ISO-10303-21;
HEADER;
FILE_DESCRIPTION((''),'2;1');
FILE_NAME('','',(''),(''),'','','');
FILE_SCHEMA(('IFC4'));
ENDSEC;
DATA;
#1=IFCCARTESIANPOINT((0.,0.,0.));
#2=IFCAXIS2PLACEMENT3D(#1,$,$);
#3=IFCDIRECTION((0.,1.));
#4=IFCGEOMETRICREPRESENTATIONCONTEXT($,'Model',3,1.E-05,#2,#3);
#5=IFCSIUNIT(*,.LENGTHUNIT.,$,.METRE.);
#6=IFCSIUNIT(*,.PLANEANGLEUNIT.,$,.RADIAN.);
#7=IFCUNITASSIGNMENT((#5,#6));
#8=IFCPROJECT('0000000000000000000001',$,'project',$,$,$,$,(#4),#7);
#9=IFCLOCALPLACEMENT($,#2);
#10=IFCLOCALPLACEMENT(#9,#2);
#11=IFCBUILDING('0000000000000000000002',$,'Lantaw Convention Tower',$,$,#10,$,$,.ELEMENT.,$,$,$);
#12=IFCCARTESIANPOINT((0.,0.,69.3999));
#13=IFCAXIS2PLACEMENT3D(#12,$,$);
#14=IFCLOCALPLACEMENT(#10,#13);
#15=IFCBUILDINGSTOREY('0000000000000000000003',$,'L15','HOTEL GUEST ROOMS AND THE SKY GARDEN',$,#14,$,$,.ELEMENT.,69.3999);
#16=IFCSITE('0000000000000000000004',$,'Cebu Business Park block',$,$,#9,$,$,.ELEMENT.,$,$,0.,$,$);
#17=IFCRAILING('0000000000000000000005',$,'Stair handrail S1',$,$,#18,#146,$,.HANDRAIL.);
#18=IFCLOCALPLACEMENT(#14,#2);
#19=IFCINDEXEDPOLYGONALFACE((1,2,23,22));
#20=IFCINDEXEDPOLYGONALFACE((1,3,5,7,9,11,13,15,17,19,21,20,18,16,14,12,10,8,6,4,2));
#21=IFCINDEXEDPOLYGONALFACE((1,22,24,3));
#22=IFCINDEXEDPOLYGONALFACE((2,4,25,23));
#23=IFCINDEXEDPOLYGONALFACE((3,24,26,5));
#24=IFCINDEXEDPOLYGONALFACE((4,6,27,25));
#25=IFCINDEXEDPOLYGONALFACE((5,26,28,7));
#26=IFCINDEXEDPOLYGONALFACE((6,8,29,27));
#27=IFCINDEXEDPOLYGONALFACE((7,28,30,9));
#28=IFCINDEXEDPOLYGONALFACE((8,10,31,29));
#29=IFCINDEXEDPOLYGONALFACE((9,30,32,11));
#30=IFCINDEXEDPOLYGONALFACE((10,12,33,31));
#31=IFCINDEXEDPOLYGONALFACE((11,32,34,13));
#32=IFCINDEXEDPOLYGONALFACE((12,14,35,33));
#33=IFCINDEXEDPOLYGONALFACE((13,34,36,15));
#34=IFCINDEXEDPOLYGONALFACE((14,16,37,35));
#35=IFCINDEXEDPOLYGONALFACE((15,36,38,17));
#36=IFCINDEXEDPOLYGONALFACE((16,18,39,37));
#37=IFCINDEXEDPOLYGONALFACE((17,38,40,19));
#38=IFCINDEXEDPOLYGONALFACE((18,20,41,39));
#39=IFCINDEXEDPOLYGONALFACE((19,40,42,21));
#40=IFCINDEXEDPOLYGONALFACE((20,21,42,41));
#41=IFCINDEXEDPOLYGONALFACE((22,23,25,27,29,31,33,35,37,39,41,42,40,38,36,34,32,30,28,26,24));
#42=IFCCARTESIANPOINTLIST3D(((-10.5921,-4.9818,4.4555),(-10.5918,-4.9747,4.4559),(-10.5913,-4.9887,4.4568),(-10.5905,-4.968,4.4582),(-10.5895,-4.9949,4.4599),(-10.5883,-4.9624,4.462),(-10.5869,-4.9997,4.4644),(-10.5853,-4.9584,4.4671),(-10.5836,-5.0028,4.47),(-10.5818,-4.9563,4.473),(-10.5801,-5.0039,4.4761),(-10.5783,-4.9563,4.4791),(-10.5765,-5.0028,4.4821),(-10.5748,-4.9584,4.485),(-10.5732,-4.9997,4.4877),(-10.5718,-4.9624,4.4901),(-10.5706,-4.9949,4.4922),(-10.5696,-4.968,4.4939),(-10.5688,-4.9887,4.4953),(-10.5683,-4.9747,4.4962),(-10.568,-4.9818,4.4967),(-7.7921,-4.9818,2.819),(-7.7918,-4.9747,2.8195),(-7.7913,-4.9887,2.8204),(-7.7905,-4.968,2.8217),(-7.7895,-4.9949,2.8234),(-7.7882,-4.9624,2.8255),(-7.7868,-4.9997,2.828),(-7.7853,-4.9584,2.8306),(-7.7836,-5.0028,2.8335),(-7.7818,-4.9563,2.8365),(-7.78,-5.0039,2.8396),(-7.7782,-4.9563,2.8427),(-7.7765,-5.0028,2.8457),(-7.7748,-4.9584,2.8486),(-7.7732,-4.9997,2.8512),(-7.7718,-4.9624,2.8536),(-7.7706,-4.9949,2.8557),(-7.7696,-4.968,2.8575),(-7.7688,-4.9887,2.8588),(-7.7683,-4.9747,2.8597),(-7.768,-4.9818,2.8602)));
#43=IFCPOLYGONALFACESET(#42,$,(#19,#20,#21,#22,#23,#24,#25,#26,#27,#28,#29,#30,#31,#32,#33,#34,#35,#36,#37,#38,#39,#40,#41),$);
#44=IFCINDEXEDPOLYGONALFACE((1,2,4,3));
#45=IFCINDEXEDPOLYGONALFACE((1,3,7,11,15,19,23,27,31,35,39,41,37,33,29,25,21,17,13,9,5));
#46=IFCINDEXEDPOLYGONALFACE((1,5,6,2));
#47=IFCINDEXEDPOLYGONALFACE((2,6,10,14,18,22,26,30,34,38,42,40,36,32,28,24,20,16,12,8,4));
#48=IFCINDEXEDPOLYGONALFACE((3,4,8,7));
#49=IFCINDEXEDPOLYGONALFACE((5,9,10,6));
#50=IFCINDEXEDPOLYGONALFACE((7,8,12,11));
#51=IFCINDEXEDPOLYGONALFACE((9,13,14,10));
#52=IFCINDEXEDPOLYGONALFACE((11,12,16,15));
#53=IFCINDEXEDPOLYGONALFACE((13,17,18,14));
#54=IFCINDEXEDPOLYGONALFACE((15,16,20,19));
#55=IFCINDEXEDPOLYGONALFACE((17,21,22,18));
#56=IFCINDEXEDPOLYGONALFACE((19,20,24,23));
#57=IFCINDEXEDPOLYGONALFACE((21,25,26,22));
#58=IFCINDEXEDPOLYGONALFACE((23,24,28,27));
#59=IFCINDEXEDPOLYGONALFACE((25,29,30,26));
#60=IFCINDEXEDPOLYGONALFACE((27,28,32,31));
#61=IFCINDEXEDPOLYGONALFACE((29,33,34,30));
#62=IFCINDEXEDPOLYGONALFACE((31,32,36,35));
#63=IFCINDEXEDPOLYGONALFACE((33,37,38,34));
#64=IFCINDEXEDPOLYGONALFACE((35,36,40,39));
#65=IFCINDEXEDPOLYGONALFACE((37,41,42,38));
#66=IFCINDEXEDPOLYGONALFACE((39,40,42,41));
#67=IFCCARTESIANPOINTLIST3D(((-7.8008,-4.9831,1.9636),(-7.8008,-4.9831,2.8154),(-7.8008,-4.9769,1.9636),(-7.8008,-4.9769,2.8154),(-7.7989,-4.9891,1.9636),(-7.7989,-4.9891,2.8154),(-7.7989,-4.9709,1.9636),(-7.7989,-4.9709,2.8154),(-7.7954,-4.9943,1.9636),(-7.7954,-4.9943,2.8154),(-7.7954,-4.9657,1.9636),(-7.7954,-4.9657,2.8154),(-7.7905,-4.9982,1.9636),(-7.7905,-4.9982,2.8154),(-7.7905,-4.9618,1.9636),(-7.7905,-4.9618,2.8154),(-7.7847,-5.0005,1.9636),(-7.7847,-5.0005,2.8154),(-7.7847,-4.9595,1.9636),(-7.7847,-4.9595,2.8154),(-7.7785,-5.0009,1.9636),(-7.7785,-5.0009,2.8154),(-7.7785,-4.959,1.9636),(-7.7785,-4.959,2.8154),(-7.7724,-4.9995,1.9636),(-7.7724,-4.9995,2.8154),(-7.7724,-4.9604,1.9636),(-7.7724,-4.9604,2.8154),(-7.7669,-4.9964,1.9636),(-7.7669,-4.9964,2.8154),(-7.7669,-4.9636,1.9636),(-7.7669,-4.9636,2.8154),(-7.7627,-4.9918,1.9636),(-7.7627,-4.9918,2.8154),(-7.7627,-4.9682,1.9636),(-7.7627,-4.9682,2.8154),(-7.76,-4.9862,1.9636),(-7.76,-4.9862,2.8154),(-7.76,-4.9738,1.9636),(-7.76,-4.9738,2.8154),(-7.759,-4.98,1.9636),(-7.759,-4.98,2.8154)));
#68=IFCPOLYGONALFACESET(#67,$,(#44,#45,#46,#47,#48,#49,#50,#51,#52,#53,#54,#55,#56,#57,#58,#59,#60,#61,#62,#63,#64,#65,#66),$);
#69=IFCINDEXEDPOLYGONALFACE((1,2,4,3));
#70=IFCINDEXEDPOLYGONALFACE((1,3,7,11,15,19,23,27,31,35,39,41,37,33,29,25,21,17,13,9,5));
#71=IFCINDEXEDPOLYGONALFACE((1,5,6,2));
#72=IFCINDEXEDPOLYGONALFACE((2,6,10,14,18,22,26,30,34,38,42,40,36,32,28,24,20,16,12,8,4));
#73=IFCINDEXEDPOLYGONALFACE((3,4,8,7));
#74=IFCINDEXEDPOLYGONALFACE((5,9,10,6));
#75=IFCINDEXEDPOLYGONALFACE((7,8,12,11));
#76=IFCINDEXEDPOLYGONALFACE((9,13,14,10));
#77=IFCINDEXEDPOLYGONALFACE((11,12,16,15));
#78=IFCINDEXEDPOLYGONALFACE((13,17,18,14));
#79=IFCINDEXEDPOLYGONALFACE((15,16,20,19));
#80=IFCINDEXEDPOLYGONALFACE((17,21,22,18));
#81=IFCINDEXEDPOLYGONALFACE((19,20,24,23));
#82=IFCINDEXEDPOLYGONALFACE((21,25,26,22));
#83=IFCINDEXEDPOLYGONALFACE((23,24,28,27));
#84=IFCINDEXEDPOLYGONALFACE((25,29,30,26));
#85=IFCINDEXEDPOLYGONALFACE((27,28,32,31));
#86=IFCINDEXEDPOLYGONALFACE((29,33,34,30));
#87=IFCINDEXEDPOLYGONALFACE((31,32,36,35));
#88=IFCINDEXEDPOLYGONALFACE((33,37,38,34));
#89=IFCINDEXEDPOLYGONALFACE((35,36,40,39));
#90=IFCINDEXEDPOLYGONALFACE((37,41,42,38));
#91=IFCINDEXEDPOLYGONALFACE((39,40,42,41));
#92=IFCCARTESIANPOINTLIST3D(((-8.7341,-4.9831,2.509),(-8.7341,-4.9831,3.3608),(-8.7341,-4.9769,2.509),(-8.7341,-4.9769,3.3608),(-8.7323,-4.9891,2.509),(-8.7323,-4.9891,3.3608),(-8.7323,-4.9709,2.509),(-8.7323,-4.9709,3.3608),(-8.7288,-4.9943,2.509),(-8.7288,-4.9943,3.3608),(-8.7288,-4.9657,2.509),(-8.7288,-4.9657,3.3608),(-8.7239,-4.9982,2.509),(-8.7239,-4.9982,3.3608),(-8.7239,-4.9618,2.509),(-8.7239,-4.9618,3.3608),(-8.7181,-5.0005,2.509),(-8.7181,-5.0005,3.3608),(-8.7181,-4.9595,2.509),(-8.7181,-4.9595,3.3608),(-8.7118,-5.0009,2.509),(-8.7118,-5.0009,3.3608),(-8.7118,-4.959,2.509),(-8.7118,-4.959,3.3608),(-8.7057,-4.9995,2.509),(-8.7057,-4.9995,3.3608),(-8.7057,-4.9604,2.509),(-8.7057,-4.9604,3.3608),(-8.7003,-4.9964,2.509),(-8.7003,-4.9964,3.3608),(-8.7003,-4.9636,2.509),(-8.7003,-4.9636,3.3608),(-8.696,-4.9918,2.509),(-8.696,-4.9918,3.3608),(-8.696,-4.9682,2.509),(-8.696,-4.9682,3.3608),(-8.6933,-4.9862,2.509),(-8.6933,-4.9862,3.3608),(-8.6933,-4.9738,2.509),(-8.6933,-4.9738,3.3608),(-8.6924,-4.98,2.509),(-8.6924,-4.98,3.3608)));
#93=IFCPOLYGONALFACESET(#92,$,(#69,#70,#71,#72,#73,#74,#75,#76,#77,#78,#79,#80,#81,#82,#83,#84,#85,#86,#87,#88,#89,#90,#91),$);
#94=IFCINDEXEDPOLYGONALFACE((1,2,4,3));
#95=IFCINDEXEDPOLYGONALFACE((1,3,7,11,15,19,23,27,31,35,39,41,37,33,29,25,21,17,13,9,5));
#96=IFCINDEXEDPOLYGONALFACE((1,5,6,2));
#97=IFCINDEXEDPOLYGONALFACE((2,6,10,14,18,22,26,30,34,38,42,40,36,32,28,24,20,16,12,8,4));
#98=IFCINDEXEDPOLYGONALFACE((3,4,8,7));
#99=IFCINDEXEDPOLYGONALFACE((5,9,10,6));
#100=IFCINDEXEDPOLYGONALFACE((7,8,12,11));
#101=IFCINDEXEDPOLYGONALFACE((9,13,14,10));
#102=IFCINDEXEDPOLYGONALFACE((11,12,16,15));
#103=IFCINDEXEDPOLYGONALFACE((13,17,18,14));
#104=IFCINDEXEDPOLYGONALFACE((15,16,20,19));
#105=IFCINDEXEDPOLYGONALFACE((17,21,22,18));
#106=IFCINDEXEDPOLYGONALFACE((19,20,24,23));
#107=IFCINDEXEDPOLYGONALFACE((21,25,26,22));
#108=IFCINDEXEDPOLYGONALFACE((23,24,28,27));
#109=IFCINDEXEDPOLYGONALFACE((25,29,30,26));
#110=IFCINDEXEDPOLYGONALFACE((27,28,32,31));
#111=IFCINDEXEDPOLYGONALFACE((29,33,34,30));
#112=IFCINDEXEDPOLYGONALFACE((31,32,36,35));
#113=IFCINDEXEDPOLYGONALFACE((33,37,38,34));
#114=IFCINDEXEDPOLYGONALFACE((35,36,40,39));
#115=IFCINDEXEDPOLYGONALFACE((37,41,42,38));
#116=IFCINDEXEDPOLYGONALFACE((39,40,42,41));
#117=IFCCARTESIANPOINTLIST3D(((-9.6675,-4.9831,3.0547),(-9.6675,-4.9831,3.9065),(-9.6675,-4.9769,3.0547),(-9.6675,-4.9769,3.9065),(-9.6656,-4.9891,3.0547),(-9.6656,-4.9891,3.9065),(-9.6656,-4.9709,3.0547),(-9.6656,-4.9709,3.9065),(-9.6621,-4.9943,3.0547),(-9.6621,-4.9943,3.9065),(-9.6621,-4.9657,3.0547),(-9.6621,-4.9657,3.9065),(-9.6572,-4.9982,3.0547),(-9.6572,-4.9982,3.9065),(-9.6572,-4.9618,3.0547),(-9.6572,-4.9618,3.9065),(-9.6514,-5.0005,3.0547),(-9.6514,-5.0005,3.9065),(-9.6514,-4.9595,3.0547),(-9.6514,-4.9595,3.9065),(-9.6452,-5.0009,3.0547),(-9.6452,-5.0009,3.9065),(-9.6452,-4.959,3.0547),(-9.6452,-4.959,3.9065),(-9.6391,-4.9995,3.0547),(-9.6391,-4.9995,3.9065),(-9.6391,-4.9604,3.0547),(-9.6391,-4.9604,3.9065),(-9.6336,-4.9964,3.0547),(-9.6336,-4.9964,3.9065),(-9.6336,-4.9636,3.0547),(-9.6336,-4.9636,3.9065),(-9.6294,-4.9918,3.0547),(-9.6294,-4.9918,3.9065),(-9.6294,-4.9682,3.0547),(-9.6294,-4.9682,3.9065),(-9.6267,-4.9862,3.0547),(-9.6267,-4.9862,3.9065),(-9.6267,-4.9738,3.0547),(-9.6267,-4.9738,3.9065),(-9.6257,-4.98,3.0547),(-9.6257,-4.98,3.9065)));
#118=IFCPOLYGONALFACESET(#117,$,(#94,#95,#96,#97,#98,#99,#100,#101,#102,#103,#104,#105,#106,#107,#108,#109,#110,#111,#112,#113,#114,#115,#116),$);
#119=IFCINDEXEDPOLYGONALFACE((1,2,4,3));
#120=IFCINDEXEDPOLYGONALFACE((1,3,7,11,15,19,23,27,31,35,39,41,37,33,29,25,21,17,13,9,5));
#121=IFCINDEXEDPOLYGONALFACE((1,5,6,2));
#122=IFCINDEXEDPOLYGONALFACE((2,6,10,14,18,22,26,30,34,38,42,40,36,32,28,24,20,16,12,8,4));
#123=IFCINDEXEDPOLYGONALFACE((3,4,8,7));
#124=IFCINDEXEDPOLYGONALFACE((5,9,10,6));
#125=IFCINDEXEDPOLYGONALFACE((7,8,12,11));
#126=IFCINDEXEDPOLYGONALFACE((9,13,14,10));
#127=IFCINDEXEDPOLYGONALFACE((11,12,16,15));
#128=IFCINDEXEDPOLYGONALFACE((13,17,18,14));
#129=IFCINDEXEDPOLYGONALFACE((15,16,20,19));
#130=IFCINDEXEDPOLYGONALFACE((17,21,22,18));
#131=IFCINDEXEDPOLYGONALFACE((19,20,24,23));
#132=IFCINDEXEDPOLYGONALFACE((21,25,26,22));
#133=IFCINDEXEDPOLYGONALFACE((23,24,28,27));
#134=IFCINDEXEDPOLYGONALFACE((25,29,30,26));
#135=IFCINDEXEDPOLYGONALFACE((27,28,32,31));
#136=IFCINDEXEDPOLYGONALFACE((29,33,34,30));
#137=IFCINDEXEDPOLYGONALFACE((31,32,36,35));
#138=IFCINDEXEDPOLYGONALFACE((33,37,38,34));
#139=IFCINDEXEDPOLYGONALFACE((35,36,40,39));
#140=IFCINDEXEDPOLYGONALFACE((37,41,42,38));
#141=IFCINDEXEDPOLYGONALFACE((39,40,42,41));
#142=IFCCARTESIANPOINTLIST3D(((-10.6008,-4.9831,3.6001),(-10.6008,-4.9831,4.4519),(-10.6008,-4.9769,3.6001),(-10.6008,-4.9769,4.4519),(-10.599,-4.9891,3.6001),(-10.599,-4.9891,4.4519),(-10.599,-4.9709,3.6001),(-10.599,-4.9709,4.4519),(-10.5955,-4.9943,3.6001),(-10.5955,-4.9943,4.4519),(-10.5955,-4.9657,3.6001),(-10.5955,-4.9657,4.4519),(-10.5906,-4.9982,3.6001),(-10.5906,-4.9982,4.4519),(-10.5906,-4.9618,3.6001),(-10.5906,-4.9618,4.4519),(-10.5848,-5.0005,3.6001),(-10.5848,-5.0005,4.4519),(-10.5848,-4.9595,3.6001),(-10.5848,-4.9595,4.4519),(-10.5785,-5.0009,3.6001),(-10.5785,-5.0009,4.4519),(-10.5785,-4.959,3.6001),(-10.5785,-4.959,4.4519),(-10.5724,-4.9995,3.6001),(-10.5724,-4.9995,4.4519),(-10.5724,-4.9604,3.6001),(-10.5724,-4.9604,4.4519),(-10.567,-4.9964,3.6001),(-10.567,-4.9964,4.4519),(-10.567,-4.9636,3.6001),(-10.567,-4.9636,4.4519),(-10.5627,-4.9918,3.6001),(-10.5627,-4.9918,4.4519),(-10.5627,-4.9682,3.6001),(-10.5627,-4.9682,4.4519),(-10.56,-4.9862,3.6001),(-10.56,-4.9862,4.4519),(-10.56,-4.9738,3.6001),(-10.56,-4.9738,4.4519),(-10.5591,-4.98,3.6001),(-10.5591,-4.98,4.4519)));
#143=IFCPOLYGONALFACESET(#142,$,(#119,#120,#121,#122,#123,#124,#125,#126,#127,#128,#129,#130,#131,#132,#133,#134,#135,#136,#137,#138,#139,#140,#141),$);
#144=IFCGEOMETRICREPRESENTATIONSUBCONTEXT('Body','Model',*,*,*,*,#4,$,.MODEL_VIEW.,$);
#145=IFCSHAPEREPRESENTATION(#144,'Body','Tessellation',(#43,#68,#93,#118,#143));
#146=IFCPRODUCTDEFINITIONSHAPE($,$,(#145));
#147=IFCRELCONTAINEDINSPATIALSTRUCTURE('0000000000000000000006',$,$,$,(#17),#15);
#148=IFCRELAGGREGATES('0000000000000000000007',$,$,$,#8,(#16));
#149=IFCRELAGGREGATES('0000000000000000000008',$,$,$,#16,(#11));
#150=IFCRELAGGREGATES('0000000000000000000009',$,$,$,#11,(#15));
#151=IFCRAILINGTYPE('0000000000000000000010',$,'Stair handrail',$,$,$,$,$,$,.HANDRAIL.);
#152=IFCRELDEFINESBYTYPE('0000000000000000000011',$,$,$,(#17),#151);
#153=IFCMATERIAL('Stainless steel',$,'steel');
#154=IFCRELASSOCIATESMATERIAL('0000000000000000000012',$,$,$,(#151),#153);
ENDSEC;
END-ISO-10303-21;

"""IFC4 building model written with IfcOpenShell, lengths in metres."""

from ifc_helpers import new_model, si_unit, direction, frame, origin, origin_2d, place, context, subcontext, project, spatial, circle, extrude, material, type_object, element, save


model = new_model("IFC4")

# Units and contexts
model_context = context("Model", 3, precision=1e-05, world=origin(), true_north=direction((0.0, 1.0)))
body_context = subcontext(model_context, "Body", "Model", "MODEL_VIEW")
ifc_project = project(units=[si_unit("LENGTHUNIT", "METRE"), si_unit("PLANEANGLEUNIT", "RADIAN")], contexts=[model_context])

# Site, building, storey
site_placement = place(None, origin())
site = spatial("IfcSite", under=ifc_project, at=site_placement, Name="Cebu Business Park block", CompositionType="ELEMENT", RefElevation=0.0)
building_placement = place(site_placement, origin())
building = spatial("IfcBuilding", under=site, at=building_placement, Name="Lantaw Convention Tower", CompositionType="ELEMENT")
storey_placement = place(building_placement, frame((0.0, 0.0, 69.3999)))
storey = spatial("IfcBuildingStorey", under=building, at=storey_placement, Name="L15", Description="HOTEL GUEST ROOMS AND THE SKY GARDEN", CompositionType="ELEMENT", Elevation=69.3999)

# Shared definitions
ifc_material_1 = material(Name="Stainless steel", Category="steel")

# Railing
railing_type = type_object("IfcRailingType", Name="Stair handrail", PredefinedType="HANDRAIL", material=ifc_material_1)
railing_1_placement = place(storey_placement, frame((-7.78, -4.98, 1.9636)))
element("IfcRailing", 1, at=railing_1_placement, inside=storey, type_object=railing_type, Name="Stair handrail S1", PredefinedType="HANDRAIL", context=body_context, shape_type="SweptSolid", body=[
    extrude(circle(Radius=0.0239, at=origin_2d()), frame((0.0, 0.0, 0.876), z_axis=(-0.863361, 0.0, 0.504587), x_axis=(0.0, -1.0, 0.0)), (0.0, 0.0, 1.0), 3.2432),
    extrude(circle(Radius=0.021, at=origin_2d()), origin(), (0.0, 0.0, 1.0), 0.8518),
    extrude(circle(Radius=0.021, at=origin_2d()), frame((-0.9333, 0.0, 0.5454)), (0.0, 0.0, 1.0), 0.8518),
    extrude(circle(Radius=0.021, at=origin_2d()), frame((-1.8667, 0.0, 1.0911)), (0.0, 0.0, 1.0), 0.8518),
    extrude(circle(Radius=0.021, at=origin_2d()), frame((-2.8, 0.0, 1.6365)), (0.0, 0.0, 1.0), 0.8518),
])

save(model, "model.ifc")
